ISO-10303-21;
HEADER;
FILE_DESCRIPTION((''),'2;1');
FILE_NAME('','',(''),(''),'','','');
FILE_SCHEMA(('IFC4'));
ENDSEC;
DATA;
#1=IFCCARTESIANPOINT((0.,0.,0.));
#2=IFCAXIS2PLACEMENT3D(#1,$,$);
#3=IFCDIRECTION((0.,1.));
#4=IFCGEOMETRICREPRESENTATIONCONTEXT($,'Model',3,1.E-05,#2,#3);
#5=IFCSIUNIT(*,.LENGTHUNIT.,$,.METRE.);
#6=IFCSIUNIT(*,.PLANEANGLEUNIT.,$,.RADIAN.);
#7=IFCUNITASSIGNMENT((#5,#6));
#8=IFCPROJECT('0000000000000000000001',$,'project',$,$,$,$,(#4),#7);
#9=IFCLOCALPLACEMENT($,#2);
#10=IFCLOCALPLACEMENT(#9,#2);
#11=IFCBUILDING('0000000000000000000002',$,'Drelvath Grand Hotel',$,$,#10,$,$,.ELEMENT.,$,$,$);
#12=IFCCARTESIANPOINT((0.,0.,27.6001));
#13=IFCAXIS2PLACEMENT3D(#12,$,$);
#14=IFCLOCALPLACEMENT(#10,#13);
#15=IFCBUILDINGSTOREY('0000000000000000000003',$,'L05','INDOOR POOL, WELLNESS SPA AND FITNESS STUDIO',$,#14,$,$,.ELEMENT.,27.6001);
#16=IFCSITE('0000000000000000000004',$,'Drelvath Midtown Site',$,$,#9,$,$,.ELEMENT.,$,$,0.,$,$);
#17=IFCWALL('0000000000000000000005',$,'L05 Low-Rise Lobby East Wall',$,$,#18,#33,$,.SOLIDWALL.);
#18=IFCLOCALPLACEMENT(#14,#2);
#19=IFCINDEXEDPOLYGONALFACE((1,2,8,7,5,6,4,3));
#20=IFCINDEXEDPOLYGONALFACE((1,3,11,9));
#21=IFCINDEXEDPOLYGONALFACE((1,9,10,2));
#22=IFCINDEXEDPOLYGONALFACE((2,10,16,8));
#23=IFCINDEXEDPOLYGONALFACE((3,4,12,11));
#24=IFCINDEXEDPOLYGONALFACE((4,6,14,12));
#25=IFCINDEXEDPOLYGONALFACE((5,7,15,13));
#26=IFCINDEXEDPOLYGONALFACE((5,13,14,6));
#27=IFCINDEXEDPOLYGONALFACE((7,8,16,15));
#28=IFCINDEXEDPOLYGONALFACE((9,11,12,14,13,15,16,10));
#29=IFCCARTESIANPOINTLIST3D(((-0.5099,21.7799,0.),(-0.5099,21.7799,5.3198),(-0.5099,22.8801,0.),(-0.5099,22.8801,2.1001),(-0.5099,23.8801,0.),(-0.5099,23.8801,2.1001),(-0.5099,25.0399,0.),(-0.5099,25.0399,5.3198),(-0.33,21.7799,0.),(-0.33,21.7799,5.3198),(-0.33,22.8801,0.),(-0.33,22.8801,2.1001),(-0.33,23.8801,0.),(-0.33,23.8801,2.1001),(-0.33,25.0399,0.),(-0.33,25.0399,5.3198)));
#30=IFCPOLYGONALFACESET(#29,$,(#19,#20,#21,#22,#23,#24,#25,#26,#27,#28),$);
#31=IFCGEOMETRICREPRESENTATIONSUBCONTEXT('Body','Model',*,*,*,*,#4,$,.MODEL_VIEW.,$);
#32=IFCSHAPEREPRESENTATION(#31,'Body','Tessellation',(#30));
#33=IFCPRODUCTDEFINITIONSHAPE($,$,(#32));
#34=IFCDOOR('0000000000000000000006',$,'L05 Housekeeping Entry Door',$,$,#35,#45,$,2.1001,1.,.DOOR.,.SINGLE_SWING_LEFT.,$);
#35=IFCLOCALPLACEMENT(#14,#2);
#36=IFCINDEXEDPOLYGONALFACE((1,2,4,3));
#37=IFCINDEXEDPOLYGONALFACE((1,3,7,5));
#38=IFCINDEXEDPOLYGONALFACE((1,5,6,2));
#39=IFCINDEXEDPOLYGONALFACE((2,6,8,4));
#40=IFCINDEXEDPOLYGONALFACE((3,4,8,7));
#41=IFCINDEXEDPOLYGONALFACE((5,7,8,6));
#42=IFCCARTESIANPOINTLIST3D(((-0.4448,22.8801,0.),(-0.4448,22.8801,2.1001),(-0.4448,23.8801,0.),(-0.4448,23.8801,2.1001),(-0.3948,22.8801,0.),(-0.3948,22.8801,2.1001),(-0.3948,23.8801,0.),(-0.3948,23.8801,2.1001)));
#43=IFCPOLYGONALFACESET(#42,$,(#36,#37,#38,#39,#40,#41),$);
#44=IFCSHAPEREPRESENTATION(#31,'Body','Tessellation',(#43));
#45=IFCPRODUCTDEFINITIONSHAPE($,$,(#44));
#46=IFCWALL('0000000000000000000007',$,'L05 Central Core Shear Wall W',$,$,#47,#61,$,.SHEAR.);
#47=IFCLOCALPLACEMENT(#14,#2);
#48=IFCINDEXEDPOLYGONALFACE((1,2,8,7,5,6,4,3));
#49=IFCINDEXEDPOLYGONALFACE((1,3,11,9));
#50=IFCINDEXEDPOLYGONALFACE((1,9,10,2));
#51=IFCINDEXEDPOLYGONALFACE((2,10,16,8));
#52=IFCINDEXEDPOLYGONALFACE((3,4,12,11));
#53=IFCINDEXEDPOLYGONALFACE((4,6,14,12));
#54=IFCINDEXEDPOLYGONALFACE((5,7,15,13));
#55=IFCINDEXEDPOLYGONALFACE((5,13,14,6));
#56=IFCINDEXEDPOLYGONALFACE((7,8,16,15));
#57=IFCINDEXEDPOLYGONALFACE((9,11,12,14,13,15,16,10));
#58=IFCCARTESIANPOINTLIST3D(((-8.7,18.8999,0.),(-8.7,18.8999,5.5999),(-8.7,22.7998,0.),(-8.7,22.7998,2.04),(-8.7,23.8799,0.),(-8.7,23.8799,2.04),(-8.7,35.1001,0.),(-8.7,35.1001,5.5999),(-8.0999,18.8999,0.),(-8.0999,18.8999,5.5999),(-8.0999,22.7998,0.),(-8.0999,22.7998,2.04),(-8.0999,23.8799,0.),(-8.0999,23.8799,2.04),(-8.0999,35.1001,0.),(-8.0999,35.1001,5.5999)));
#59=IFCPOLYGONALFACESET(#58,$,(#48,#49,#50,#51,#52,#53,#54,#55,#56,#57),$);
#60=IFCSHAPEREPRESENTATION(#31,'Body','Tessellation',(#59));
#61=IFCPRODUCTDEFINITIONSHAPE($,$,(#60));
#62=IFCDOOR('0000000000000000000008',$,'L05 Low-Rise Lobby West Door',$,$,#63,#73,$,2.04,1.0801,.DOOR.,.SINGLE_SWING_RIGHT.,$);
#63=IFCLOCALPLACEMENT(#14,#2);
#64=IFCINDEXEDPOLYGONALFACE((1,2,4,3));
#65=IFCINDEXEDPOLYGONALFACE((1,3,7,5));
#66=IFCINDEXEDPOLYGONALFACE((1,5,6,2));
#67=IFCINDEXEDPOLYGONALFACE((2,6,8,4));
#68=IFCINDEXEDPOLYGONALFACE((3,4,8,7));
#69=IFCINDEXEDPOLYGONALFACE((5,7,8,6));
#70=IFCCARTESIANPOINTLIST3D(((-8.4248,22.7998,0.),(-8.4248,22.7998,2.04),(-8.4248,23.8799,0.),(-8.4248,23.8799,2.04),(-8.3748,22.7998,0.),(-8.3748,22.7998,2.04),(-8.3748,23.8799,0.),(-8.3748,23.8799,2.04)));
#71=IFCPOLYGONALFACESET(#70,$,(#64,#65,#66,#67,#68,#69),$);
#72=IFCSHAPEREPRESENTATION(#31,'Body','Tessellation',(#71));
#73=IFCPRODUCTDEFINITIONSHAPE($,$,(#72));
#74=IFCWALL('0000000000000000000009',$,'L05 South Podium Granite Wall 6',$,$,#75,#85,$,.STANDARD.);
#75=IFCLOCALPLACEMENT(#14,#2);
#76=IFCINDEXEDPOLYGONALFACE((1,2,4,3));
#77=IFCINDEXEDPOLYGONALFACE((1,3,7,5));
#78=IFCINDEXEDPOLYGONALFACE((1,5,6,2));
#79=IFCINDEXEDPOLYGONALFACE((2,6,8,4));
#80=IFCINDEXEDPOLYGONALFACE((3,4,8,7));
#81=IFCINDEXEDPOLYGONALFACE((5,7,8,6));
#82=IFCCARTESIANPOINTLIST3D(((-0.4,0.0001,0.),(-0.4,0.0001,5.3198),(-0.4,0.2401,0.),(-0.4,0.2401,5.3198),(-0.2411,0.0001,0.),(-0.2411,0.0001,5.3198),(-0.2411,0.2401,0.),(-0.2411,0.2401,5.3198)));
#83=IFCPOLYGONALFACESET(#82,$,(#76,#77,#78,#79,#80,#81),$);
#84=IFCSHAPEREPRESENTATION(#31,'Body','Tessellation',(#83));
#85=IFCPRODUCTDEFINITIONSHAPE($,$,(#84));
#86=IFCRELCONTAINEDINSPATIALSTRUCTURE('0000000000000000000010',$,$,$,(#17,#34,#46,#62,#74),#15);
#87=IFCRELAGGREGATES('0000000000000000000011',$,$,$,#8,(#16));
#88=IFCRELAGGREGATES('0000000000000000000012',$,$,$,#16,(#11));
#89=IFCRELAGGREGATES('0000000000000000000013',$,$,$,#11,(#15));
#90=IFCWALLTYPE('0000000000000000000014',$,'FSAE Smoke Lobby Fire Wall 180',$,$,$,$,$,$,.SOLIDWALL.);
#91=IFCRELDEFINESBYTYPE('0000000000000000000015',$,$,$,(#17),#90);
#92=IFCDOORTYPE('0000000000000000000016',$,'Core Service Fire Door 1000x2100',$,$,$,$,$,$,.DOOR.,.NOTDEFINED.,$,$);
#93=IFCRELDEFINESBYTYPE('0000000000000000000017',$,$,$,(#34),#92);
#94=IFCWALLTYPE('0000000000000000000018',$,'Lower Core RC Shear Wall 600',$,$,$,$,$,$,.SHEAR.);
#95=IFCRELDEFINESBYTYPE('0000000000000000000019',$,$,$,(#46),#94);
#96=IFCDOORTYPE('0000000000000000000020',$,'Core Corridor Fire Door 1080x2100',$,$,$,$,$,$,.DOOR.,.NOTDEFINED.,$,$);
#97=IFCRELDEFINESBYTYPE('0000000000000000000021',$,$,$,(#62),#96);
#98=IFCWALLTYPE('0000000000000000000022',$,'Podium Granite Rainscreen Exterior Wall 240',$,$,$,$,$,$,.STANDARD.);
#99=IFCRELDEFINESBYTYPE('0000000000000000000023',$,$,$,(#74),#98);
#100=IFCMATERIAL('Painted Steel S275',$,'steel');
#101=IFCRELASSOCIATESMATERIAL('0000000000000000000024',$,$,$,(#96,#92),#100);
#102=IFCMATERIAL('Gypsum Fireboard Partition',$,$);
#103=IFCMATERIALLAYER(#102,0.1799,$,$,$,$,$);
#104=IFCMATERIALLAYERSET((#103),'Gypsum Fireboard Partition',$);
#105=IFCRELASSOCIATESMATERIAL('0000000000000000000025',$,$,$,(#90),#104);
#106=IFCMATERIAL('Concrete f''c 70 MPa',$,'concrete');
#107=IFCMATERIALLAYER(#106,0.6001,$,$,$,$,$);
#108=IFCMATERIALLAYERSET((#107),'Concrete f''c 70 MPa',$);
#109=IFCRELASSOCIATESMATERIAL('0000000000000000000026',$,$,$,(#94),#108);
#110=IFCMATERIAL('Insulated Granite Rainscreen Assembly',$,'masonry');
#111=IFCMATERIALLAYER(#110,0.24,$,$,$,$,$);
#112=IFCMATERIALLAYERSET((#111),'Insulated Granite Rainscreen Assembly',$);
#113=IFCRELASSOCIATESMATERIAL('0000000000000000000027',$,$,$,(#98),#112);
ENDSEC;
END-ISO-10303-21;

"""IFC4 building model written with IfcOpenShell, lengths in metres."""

from ifc_helpers import new_model, si_unit, direction, frame, frame_2d, origin, place, context, subcontext, project, spatial, rectangle, extrude, material, layer, layer_set, type_object, element, fill, save


model = new_model("IFC4")

# Units and contexts
model_context = context("Model", 3, precision=1e-05, world=origin(), true_north=direction((0.0, 1.0)))
body_context = subcontext(model_context, "Body", "Model", "MODEL_VIEW")
ifc_project = project(units=[si_unit("LENGTHUNIT", "METRE"), si_unit("PLANEANGLEUNIT", "RADIAN")], contexts=[model_context])

# Site, building, storey
site_placement = place(None, origin())
site = spatial("IfcSite", under=ifc_project, at=site_placement, Name="Drelvath Midtown Site", CompositionType="ELEMENT", RefElevation=0.0)
building_placement = place(site_placement, origin())
building = spatial("IfcBuilding", under=site, at=building_placement, Name="Drelvath Grand Hotel", CompositionType="ELEMENT")
storey_placement = place(building_placement, frame((0.0, 0.0, 27.6001)))
storey = spatial("IfcBuildingStorey", under=building, at=storey_placement, Name="L05", Description="INDOOR POOL, WELLNESS SPA AND FITNESS STUDIO", CompositionType="ELEMENT", Elevation=27.6001)

# Shared definitions
ifc_material_1 = material(Name="Concrete f'c 70 MPa", Category="concrete")

# Shared definitions
ifc_material_2 = material(Name="Gypsum Fireboard Partition")

# Walls, openings, doors
ifc_material_3 = material(Name="Painted Steel S275", Category="steel")
door_type_1 = type_object("IfcDoorType", Name="Core Corridor Fire Door 1080x2100", OperationType="NOTDEFINED", PredefinedType="DOOR", material=ifc_material_3)
ifc_layer_1 = layer(ifc_material_2, 0.1799)
ifc_layer_set_1 = layer_set([ifc_layer_1], Name="Gypsum Fireboard Partition")
wall_type_1 = type_object("IfcWallType", Name="FSAE Smoke Lobby Fire Wall 180", PredefinedType="SOLIDWALL", material=ifc_layer_set_1)
wall_1_placement = place(storey_placement, frame((-0.4199, 21.78, 0.0), z_axis=(0.0, 0.0, 1.0), x_axis=(0.0, 1.0, 0.0)))
wall_1 = element("IfcWall", 1, at=wall_1_placement, inside=storey, type_object=wall_type_1, Name="L05 Low-Rise Lobby East Wall", PredefinedType="SOLIDWALL", context=body_context, shape_type="SweptSolid", body=[
    extrude(rectangle(XDim=3.26, YDim=0.1799, at=frame_2d((1.6299, 0.0))), origin(), (0.0, 0.0, 1.0), 5.3198),
])
opening_1_placement = place(wall_1_placement, frame((1.1001, 0.0, 0.0)))
opening_1 = element("IfcOpeningElement", 2, at=opening_1_placement, cuts=wall_1, PredefinedType="OPENING", context=body_context, shape_type="SweptSolid", body=[
    extrude(rectangle(XDim=1.0, YDim=2.1001, at=frame_2d((0.5, 1.05))), frame((0.0, 0.0999, 0.0), z_axis=(0.0, -1.0, 0.0), x_axis=(1.0, 0.0, 0.0)), (0.0, 0.0, 1.0), 0.2),
])
door_type_2 = type_object("IfcDoorType", Name="Core Service Fire Door 1000x2100", OperationType="NOTDEFINED", PredefinedType="DOOR", material=ifc_material_3)
door_1_placement = place(opening_1_placement, origin())
door_1 = element("IfcDoor", 3, at=door_1_placement, inside=storey, type_object=door_type_2, Name="L05 Housekeeping Entry Door", OperationType="SINGLE_SWING_LEFT", OverallHeight=2.1001, OverallWidth=1.0, PredefinedType="DOOR", context=body_context, shape_type="SweptSolid", body=[
    extrude(rectangle(XDim=1.0, YDim=2.1001, at=frame_2d((0.5, 1.05))), frame((0.0, 0.0249, 0.0), z_axis=(0.0, -1.0, 0.0), x_axis=(1.0, 0.0, 0.0)), (0.0, 0.0, 1.0), 0.05),
])
fill(opening_1, door_1)
ifc_layer_2 = layer(ifc_material_1, 0.6001)
ifc_layer_set_2 = layer_set([ifc_layer_2], Name="Concrete f'c 70 MPa")
wall_type_2 = type_object("IfcWallType", Name="Lower Core RC Shear Wall 600", PredefinedType="SHEAR", material=ifc_layer_set_2)
wall_2_placement = place(storey_placement, frame((-8.3999, 18.8999, 0.0), z_axis=(0.0, 0.0, 1.0), x_axis=(0.0, 1.0, 0.0)))
wall_2 = element("IfcWall", 4, at=wall_2_placement, inside=storey, type_object=wall_type_2, Name="L05 Central Core Shear Wall W", PredefinedType="SHEAR", context=body_context, shape_type="SweptSolid", body=[
    extrude(rectangle(XDim=16.2002, YDim=0.6001, at=frame_2d((8.1001, 0.0))), origin(), (0.0, 0.0, 1.0), 5.5999),
])
opening_2_placement = place(wall_2_placement, frame((3.8999, 0.0, 0.0)))
opening_2 = element("IfcOpeningElement", 5, at=opening_2_placement, cuts=wall_2, PredefinedType="OPENING", context=body_context, shape_type="SweptSolid", body=[
    extrude(rectangle(XDim=1.0801, YDim=2.04, at=frame_2d((0.54, 1.02))), frame((0.0, 0.3101, 0.0), z_axis=(0.0, -1.0, 0.0), x_axis=(1.0, 0.0, 0.0)), (0.0, 0.0, 1.0), 0.6201),
])
door_2_placement = place(opening_2_placement, origin())
door_2 = element("IfcDoor", 6, at=door_2_placement, inside=storey, type_object=door_type_1, Name="L05 Low-Rise Lobby West Door", OperationType="SINGLE_SWING_RIGHT", OverallHeight=2.04, OverallWidth=1.0801, PredefinedType="DOOR", context=body_context, shape_type="SweptSolid", body=[
    extrude(rectangle(XDim=1.0801, YDim=2.04, at=frame_2d((0.54, 1.02))), frame((0.0, 0.0249, 0.0), z_axis=(0.0, -1.0, 0.0), x_axis=(1.0, 0.0, 0.0)), (0.0, 0.0, 1.0), 0.05),
])
fill(opening_2, door_2)

# Wall
ifc_material_4 = material(Name="Insulated Granite Rainscreen Assembly", Category="masonry")
ifc_layer_3 = layer(ifc_material_4, 0.24)
ifc_layer_set_3 = layer_set([ifc_layer_3], Name="Insulated Granite Rainscreen Assembly")
wall_type_3 = type_object("IfcWallType", Name="Podium Granite Rainscreen Exterior Wall 240", PredefinedType="STANDARD", material=ifc_layer_set_3)
wall_3_placement = place(storey_placement, frame((-0.241, 0.1201, 0.0), z_axis=(0.0, 0.0, 1.0), x_axis=(-1.0, 0.0, 0.0)))
element("IfcWall", 7, at=wall_3_placement, inside=storey, type_object=wall_type_3, Name="L05 South Podium Granite Wall 6", PredefinedType="STANDARD", context=body_context, shape_type="SweptSolid", body=[
    extrude(rectangle(XDim=0.1589, YDim=0.24, at=frame_2d((0.0796, 0.0))), origin(), (0.0, 0.0, 1.0), 5.3198),
])

save(model, "model.ifc")
